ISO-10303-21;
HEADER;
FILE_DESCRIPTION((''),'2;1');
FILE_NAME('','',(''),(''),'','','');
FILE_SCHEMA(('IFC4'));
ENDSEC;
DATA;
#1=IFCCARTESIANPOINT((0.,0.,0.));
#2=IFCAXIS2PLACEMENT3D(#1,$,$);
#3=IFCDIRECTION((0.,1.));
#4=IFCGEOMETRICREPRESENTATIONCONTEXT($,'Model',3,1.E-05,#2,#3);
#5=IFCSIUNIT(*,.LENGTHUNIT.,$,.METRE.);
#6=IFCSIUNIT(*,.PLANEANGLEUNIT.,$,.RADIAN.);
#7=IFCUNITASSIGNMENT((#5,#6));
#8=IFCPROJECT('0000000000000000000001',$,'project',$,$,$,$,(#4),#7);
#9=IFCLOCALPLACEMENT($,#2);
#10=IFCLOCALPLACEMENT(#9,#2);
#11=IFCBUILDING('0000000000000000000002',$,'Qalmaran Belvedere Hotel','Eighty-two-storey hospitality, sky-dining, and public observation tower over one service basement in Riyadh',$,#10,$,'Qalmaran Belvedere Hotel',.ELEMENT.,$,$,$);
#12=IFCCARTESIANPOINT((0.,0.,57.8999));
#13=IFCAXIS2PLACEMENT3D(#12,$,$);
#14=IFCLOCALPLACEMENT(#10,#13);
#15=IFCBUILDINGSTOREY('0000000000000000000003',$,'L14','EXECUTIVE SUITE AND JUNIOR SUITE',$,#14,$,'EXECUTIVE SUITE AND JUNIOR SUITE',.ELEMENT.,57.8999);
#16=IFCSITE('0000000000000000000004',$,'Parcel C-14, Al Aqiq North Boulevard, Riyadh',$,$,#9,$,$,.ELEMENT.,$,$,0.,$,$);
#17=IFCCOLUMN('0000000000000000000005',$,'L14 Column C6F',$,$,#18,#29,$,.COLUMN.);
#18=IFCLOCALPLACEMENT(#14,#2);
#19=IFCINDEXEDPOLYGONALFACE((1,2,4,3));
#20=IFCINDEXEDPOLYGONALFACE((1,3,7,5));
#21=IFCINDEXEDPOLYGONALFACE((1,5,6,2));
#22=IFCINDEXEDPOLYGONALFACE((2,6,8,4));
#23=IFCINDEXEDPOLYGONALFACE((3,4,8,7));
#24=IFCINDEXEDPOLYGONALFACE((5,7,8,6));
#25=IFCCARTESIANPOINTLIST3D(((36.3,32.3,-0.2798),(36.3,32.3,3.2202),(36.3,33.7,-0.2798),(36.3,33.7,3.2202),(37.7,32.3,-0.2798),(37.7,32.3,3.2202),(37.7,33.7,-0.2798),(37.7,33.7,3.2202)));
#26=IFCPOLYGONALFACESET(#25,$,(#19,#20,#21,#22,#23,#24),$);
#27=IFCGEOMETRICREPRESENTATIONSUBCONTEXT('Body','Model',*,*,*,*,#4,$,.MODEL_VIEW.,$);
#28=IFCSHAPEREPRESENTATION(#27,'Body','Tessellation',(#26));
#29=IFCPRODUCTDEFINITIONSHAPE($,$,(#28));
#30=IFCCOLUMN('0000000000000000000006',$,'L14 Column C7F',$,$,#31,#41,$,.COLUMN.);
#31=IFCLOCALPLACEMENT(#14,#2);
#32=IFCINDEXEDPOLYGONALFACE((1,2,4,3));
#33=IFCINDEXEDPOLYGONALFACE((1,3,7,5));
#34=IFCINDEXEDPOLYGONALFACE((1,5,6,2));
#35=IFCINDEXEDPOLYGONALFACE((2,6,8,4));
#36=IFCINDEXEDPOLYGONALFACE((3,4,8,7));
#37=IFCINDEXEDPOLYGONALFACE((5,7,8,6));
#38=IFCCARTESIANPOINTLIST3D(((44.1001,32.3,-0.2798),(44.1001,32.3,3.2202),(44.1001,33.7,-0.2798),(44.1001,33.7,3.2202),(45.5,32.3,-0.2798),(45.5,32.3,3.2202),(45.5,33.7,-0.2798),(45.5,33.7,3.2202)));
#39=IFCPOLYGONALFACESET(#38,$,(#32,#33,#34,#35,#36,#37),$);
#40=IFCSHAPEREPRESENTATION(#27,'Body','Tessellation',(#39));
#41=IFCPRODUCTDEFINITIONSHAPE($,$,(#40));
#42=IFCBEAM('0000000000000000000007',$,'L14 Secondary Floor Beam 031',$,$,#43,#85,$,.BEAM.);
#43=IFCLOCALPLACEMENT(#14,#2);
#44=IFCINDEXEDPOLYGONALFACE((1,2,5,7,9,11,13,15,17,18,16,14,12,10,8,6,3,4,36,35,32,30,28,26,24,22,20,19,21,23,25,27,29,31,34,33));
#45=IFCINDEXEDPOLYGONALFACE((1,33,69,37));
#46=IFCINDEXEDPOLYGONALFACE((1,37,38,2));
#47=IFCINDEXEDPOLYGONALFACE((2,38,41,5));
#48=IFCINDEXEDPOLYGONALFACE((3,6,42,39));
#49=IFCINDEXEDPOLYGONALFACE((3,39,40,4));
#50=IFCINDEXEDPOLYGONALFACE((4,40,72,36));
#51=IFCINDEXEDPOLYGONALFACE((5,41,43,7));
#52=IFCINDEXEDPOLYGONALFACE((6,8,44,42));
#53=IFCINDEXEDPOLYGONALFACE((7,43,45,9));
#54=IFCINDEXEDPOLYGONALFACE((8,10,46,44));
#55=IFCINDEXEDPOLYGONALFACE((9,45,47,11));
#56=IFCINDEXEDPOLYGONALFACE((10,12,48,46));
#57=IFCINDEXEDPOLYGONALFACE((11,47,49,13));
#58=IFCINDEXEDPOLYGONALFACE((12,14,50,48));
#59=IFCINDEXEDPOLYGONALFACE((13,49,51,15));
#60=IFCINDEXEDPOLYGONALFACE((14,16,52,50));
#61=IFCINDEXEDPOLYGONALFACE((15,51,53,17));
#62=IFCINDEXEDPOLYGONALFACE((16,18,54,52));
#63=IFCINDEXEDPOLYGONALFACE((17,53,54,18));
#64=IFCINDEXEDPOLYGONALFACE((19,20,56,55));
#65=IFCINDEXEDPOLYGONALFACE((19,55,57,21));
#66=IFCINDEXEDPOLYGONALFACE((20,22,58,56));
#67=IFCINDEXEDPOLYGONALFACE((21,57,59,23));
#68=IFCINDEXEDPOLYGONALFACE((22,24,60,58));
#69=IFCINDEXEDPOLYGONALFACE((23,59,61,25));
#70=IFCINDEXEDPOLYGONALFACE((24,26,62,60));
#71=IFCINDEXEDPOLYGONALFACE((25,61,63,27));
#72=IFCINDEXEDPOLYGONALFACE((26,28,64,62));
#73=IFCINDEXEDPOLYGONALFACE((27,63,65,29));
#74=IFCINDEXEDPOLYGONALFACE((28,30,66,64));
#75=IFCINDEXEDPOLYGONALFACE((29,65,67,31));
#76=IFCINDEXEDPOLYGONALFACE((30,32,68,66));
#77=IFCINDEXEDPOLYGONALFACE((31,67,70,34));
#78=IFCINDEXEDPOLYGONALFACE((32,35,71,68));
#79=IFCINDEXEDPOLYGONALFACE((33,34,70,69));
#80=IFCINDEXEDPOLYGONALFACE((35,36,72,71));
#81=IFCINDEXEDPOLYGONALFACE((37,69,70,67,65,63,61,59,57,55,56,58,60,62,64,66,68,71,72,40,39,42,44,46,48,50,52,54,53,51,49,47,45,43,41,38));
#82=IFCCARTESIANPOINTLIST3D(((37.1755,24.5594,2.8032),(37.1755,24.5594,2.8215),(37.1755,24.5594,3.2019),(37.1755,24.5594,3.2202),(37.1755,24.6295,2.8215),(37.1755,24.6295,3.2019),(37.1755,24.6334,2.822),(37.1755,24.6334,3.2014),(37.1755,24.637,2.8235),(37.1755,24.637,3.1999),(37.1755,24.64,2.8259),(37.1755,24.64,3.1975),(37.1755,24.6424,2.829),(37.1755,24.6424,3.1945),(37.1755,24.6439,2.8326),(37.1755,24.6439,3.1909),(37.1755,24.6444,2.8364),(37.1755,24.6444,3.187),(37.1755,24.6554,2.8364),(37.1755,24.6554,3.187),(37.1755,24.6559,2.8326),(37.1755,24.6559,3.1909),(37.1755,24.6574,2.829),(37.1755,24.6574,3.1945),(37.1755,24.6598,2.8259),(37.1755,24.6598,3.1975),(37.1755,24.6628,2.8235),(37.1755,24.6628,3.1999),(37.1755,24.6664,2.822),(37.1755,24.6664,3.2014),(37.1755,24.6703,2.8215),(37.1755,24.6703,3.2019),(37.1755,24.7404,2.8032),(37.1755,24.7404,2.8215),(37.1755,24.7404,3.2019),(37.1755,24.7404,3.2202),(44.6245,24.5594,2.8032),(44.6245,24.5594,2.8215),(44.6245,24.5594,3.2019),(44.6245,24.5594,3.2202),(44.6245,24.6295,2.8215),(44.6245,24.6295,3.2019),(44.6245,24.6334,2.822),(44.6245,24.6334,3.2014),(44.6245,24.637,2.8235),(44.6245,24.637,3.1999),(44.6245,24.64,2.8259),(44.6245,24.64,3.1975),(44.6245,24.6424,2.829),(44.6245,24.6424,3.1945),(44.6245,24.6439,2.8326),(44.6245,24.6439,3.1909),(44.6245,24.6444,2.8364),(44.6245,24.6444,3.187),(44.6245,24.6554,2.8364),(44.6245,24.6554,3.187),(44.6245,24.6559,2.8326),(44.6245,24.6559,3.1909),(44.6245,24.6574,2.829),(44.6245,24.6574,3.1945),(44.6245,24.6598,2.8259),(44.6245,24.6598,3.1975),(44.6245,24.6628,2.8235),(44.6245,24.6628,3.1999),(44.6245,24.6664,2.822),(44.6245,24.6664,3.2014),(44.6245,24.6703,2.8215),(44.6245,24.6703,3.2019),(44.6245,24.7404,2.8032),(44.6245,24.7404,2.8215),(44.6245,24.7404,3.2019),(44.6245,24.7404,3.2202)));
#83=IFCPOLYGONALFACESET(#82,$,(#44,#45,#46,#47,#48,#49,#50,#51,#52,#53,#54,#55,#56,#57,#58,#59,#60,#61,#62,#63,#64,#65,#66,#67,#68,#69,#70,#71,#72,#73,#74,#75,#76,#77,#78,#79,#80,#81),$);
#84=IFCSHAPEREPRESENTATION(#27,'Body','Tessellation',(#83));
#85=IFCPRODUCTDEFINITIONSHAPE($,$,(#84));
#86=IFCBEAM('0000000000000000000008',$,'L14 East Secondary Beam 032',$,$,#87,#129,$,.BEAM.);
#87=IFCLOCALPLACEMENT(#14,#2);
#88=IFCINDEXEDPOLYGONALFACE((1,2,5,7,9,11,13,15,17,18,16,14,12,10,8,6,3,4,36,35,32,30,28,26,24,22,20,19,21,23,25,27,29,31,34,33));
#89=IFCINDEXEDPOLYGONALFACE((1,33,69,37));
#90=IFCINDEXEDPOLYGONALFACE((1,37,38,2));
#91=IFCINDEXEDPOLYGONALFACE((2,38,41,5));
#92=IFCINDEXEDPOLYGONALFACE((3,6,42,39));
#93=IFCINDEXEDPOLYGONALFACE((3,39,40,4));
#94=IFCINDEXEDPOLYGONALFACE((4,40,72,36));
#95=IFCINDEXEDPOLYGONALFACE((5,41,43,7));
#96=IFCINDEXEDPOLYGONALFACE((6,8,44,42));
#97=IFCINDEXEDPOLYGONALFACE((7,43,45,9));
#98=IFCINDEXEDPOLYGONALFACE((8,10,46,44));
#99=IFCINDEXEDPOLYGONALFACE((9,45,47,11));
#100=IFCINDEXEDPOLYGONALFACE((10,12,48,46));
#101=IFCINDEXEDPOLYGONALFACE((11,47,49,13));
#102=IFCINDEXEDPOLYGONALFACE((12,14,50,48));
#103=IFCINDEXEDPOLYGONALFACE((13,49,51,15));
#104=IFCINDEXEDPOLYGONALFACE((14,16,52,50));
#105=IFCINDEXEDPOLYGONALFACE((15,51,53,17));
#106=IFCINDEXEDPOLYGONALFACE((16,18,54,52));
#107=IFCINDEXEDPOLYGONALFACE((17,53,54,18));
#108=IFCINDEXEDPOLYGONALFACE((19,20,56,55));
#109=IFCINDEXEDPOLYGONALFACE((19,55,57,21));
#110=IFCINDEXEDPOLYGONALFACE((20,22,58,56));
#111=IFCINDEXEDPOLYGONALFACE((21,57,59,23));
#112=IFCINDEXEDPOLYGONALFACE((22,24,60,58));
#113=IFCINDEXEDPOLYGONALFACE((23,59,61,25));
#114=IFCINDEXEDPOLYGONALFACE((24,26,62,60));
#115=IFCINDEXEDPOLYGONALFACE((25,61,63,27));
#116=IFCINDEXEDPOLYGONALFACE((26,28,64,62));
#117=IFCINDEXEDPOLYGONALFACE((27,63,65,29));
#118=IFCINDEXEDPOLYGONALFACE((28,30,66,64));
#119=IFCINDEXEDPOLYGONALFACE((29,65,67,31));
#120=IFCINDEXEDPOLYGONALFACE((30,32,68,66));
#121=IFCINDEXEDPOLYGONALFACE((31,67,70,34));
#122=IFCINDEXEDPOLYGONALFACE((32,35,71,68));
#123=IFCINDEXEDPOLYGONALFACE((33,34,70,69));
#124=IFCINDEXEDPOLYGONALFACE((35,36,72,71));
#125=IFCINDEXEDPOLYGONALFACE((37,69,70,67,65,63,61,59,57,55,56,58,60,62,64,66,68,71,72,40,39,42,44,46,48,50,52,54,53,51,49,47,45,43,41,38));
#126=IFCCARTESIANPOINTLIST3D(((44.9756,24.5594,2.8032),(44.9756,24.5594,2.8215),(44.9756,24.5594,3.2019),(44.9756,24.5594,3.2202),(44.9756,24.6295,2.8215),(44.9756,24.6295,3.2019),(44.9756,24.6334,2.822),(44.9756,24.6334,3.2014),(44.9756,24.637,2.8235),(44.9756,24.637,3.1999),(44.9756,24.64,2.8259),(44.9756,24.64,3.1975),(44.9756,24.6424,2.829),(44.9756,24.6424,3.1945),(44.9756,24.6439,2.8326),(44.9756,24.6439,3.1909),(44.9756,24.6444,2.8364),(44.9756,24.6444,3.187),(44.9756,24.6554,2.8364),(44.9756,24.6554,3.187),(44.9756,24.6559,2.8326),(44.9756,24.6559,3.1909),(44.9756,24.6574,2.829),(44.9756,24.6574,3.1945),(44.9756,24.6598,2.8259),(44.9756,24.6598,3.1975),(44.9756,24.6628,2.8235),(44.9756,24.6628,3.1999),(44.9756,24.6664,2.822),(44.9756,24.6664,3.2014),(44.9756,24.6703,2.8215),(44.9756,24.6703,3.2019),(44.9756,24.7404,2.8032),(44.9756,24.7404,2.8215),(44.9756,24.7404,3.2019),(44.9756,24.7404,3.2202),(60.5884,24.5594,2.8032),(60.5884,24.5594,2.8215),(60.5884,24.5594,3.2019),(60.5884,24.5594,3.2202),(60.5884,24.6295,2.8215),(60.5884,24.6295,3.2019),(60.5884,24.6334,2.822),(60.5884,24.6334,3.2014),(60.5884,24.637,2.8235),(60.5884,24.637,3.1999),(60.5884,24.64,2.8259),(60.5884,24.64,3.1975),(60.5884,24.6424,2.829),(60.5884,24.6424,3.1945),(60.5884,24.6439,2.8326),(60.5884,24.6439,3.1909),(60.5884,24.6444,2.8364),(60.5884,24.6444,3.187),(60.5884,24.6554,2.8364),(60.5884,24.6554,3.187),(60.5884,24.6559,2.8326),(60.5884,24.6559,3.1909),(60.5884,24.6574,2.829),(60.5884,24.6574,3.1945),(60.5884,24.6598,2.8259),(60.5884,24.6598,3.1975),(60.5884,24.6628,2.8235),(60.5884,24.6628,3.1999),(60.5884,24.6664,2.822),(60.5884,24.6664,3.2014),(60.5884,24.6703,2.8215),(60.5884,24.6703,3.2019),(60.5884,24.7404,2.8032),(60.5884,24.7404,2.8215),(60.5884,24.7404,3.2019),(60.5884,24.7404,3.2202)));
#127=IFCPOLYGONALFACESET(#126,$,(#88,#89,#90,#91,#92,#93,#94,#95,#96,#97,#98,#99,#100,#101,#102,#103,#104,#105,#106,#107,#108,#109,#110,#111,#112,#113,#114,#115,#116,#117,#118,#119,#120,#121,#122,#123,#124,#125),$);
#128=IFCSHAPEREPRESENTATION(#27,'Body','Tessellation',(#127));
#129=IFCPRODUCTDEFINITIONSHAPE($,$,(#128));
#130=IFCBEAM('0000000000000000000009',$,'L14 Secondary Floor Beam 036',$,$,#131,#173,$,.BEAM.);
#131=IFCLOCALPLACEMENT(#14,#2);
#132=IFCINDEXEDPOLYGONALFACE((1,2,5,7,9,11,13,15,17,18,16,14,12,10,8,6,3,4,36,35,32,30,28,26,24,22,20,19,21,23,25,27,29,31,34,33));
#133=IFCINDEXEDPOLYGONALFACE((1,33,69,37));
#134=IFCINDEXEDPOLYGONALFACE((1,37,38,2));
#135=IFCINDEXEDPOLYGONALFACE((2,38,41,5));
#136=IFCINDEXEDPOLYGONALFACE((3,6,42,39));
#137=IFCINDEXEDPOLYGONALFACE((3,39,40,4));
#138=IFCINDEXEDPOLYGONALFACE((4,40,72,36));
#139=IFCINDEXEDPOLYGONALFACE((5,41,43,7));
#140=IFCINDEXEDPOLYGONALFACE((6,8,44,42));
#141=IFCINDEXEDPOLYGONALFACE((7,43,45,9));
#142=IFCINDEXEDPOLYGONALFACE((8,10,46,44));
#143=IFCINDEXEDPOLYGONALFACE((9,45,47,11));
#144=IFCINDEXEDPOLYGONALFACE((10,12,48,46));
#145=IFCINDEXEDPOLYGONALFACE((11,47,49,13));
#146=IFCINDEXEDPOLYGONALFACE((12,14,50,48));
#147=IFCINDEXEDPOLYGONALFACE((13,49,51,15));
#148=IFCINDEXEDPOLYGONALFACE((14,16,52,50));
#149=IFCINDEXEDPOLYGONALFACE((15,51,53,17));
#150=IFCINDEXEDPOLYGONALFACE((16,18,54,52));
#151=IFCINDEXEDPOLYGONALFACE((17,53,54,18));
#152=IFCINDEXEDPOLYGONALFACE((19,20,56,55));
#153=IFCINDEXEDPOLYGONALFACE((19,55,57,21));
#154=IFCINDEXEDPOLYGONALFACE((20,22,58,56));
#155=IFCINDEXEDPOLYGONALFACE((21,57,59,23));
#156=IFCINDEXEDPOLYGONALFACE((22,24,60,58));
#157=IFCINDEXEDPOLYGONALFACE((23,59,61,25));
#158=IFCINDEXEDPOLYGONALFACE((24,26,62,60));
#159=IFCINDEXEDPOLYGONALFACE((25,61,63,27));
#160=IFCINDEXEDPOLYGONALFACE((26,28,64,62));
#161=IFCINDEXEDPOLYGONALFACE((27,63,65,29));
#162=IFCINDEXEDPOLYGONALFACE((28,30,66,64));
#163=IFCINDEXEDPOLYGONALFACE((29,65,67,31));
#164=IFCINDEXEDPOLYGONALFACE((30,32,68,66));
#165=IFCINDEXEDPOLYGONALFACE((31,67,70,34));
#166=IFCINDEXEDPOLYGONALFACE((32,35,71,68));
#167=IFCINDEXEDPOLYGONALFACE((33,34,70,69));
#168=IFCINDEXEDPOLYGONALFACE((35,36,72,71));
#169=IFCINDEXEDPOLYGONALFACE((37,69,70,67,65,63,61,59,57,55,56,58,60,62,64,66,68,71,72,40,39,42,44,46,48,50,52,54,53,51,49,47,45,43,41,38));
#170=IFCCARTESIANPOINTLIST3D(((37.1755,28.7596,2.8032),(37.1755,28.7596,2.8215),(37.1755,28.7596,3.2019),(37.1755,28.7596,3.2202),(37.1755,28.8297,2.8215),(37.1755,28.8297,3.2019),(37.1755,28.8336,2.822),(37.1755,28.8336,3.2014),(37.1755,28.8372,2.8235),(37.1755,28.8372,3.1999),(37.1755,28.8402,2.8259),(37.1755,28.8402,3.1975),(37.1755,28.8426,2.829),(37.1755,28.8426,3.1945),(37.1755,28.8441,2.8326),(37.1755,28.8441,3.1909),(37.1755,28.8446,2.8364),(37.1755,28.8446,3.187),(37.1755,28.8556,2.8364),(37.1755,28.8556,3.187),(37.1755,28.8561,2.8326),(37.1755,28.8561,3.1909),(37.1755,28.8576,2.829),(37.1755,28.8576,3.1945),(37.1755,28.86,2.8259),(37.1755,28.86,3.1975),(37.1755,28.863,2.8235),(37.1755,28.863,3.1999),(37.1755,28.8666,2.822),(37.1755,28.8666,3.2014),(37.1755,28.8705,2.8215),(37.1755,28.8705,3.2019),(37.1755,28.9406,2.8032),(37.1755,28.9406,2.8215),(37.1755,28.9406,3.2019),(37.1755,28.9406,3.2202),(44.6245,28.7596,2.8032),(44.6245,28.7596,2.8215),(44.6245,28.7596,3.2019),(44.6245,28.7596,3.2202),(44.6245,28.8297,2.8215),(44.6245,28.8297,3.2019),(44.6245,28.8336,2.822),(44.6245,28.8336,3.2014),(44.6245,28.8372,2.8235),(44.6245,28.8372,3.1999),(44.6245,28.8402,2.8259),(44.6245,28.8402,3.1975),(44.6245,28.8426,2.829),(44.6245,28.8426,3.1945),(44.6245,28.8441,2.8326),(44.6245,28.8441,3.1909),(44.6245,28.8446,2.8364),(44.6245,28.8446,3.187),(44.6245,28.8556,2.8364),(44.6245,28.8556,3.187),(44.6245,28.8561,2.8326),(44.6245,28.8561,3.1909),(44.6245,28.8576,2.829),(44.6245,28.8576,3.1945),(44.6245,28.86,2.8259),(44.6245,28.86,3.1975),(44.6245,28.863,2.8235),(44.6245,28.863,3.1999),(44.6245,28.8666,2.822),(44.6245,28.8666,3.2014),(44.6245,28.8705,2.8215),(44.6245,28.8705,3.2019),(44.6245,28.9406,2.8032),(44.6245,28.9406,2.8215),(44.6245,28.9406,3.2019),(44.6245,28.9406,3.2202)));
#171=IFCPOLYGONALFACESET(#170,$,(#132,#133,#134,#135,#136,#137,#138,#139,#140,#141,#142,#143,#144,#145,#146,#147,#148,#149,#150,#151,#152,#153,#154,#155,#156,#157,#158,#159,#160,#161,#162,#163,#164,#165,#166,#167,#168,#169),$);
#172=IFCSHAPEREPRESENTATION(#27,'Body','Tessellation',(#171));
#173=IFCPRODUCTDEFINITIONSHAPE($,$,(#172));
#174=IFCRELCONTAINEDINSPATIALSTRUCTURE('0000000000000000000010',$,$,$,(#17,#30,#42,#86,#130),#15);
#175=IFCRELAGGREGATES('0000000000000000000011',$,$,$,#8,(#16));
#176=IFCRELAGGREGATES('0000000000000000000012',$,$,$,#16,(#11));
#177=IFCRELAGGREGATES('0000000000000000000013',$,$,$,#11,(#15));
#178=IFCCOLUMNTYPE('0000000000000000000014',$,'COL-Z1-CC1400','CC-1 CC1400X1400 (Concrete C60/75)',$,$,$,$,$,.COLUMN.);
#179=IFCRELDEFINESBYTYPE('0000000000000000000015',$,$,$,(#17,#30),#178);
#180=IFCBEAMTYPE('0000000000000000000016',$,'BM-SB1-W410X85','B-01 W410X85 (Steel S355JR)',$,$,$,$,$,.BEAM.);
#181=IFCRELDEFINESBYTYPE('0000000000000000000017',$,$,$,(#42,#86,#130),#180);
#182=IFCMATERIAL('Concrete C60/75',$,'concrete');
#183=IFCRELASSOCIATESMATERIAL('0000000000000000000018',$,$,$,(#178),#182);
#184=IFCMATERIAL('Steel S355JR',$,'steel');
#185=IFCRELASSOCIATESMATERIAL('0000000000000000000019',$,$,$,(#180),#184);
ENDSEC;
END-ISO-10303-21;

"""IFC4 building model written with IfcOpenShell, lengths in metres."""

from ifc_helpers import new_model, si_unit, direction, frame, origin, origin_2d, place, context, subcontext, project, spatial, rectangle, i_section, extrude, material, material_profile, profile_set, type_object, element, save


model = new_model("IFC4")

# Units and contexts
model_context = context("Model", 3, precision=1e-05, world=origin(), true_north=direction((0.0, 1.0)))
body_context = subcontext(model_context, "Body", "Model", "MODEL_VIEW")
ifc_project = project(units=[si_unit("LENGTHUNIT", "METRE"), si_unit("PLANEANGLEUNIT", "RADIAN")], contexts=[model_context])

# Site, building, storey
site_placement = place(None, origin())
site = spatial("IfcSite", under=ifc_project, at=site_placement, Name="Parcel C-14, Al Aqiq North Boulevard, Riyadh", CompositionType="ELEMENT", RefElevation=0.0)
building_placement = place(site_placement, origin())
building = spatial("IfcBuilding", under=site, at=building_placement, Name="Qalmaran Belvedere Hotel", Description="Eighty-two-storey hospitality, sky-dining, and public observation tower over one service basement in Riyadh", LongName="Qalmaran Belvedere Hotel", CompositionType="ELEMENT")
storey_placement = place(building_placement, frame((0.0, 0.0, 57.8999)))
storey = spatial("IfcBuildingStorey", under=building, at=storey_placement, Name="L14", Description="EXECUTIVE SUITE AND JUNIOR SUITE", LongName="EXECUTIVE SUITE AND JUNIOR SUITE", CompositionType="ELEMENT", Elevation=57.8999)

# Columns
ifc_material_1 = material(Name="Concrete C60/75", Category="concrete")
ifc_material_profile_1 = material_profile(ifc_material_1, rectangle(XDim=1.3999, YDim=1.3999, at=origin_2d()), Name="CC1400X1400")
ifc_profile_set_1 = profile_set([ifc_material_profile_1], Name="Concrete C60/75")
column_type = type_object("IfcColumnType", Name="COL-Z1-CC1400", Description="CC-1 CC1400X1400 (Concrete C60/75)", PredefinedType="COLUMN", material=ifc_profile_set_1)
for number, where, z_axis, x_axis, name in (
    (1, (37.0, 33.0, -0.2798), (0.0, 0.0, 1.0), (1.0, 0.0, 0.0), "L14 Column C6F"),
    (2, (44.8, 33.0, -0.2798), (0.0, 0.0, 1.0), (1.0, 0.0, 0.0), "L14 Column C7F"),
):
    element("IfcColumn", number, at=place(storey_placement, frame(where, z_axis=z_axis, x_axis=x_axis)), inside=storey, type_object=column_type, Name=name, PredefinedType="COLUMN", context=body_context, shape_type="SweptSolid", body=[
        extrude(rectangle(XDim=1.3999, YDim=1.3999, at=origin_2d()), origin(), (0.0, 0.0, 1.0), 3.5),
    ])

# Beams
ifc_material_2 = material(Name="Steel S355JR", Category="steel")
ifc_material_profile_2 = material_profile(ifc_material_2, i_section(OverallWidth=0.1809, OverallDepth=0.417, WebThickness=0.011, FlangeThickness=0.0183, FilletRadius=0.0149, at=origin_2d()), Name="W410X85")
ifc_profile_set_2 = profile_set([ifc_material_profile_2], Name="Steel S355JR")
beam_type_1 = type_object("IfcBeamType", Name="BM-SB1-W410X85", Description="B-01 W410X85 (Steel S355JR)", PredefinedType="BEAM", material=ifc_profile_set_2)
beam_1_placement = place(storey_placement, frame((37.1755, 24.6499, 3.0117), z_axis=(1.0, 0.0, 0.0), x_axis=(0.0, 1.0, 0.0)))
element("IfcBeam", 3, at=beam_1_placement, inside=storey, type_object=beam_type_1, Name="L14 Secondary Floor Beam 031", PredefinedType="BEAM", context=body_context, shape_type="SweptSolid", body=[
    extrude(i_section(OverallWidth=0.1809, OverallDepth=0.417, WebThickness=0.011, FlangeThickness=0.0183, FilletRadius=0.0149, at=origin_2d()), origin(), (0.0, 0.0, 1.0), 7.449),
])
beam_2_placement = place(storey_placement, frame((44.9756, 24.6499, 3.0117), z_axis=(1.0, 0.0, 0.0), x_axis=(0.0, 1.0, 0.0)))
element("IfcBeam", 4, at=beam_2_placement, inside=storey, type_object=beam_type_1, Name="L14 East Secondary Beam 032", PredefinedType="BEAM", context=body_context, shape_type="SweptSolid", body=[
    extrude(i_section(OverallWidth=0.1809, OverallDepth=0.417, WebThickness=0.011, FlangeThickness=0.0183, FilletRadius=0.0149, at=origin_2d()), origin(), (0.0, 0.0, 1.0), 15.6128),
])
beam_3_placement = place(storey_placement, frame((37.1755, 28.8501, 3.0117), z_axis=(1.0, 0.0, 0.0), x_axis=(0.0, 1.0, 0.0)))
element("IfcBeam", 5, at=beam_3_placement, inside=storey, type_object=beam_type_1, Name="L14 Secondary Floor Beam 036", PredefinedType="BEAM", context=body_context, shape_type="SweptSolid", body=[
    extrude(i_section(OverallWidth=0.1809, OverallDepth=0.417, WebThickness=0.011, FlangeThickness=0.0183, FilletRadius=0.0149, at=origin_2d()), origin(), (0.0, 0.0, 1.0), 7.449),
])

save(model, "model.ifc")
